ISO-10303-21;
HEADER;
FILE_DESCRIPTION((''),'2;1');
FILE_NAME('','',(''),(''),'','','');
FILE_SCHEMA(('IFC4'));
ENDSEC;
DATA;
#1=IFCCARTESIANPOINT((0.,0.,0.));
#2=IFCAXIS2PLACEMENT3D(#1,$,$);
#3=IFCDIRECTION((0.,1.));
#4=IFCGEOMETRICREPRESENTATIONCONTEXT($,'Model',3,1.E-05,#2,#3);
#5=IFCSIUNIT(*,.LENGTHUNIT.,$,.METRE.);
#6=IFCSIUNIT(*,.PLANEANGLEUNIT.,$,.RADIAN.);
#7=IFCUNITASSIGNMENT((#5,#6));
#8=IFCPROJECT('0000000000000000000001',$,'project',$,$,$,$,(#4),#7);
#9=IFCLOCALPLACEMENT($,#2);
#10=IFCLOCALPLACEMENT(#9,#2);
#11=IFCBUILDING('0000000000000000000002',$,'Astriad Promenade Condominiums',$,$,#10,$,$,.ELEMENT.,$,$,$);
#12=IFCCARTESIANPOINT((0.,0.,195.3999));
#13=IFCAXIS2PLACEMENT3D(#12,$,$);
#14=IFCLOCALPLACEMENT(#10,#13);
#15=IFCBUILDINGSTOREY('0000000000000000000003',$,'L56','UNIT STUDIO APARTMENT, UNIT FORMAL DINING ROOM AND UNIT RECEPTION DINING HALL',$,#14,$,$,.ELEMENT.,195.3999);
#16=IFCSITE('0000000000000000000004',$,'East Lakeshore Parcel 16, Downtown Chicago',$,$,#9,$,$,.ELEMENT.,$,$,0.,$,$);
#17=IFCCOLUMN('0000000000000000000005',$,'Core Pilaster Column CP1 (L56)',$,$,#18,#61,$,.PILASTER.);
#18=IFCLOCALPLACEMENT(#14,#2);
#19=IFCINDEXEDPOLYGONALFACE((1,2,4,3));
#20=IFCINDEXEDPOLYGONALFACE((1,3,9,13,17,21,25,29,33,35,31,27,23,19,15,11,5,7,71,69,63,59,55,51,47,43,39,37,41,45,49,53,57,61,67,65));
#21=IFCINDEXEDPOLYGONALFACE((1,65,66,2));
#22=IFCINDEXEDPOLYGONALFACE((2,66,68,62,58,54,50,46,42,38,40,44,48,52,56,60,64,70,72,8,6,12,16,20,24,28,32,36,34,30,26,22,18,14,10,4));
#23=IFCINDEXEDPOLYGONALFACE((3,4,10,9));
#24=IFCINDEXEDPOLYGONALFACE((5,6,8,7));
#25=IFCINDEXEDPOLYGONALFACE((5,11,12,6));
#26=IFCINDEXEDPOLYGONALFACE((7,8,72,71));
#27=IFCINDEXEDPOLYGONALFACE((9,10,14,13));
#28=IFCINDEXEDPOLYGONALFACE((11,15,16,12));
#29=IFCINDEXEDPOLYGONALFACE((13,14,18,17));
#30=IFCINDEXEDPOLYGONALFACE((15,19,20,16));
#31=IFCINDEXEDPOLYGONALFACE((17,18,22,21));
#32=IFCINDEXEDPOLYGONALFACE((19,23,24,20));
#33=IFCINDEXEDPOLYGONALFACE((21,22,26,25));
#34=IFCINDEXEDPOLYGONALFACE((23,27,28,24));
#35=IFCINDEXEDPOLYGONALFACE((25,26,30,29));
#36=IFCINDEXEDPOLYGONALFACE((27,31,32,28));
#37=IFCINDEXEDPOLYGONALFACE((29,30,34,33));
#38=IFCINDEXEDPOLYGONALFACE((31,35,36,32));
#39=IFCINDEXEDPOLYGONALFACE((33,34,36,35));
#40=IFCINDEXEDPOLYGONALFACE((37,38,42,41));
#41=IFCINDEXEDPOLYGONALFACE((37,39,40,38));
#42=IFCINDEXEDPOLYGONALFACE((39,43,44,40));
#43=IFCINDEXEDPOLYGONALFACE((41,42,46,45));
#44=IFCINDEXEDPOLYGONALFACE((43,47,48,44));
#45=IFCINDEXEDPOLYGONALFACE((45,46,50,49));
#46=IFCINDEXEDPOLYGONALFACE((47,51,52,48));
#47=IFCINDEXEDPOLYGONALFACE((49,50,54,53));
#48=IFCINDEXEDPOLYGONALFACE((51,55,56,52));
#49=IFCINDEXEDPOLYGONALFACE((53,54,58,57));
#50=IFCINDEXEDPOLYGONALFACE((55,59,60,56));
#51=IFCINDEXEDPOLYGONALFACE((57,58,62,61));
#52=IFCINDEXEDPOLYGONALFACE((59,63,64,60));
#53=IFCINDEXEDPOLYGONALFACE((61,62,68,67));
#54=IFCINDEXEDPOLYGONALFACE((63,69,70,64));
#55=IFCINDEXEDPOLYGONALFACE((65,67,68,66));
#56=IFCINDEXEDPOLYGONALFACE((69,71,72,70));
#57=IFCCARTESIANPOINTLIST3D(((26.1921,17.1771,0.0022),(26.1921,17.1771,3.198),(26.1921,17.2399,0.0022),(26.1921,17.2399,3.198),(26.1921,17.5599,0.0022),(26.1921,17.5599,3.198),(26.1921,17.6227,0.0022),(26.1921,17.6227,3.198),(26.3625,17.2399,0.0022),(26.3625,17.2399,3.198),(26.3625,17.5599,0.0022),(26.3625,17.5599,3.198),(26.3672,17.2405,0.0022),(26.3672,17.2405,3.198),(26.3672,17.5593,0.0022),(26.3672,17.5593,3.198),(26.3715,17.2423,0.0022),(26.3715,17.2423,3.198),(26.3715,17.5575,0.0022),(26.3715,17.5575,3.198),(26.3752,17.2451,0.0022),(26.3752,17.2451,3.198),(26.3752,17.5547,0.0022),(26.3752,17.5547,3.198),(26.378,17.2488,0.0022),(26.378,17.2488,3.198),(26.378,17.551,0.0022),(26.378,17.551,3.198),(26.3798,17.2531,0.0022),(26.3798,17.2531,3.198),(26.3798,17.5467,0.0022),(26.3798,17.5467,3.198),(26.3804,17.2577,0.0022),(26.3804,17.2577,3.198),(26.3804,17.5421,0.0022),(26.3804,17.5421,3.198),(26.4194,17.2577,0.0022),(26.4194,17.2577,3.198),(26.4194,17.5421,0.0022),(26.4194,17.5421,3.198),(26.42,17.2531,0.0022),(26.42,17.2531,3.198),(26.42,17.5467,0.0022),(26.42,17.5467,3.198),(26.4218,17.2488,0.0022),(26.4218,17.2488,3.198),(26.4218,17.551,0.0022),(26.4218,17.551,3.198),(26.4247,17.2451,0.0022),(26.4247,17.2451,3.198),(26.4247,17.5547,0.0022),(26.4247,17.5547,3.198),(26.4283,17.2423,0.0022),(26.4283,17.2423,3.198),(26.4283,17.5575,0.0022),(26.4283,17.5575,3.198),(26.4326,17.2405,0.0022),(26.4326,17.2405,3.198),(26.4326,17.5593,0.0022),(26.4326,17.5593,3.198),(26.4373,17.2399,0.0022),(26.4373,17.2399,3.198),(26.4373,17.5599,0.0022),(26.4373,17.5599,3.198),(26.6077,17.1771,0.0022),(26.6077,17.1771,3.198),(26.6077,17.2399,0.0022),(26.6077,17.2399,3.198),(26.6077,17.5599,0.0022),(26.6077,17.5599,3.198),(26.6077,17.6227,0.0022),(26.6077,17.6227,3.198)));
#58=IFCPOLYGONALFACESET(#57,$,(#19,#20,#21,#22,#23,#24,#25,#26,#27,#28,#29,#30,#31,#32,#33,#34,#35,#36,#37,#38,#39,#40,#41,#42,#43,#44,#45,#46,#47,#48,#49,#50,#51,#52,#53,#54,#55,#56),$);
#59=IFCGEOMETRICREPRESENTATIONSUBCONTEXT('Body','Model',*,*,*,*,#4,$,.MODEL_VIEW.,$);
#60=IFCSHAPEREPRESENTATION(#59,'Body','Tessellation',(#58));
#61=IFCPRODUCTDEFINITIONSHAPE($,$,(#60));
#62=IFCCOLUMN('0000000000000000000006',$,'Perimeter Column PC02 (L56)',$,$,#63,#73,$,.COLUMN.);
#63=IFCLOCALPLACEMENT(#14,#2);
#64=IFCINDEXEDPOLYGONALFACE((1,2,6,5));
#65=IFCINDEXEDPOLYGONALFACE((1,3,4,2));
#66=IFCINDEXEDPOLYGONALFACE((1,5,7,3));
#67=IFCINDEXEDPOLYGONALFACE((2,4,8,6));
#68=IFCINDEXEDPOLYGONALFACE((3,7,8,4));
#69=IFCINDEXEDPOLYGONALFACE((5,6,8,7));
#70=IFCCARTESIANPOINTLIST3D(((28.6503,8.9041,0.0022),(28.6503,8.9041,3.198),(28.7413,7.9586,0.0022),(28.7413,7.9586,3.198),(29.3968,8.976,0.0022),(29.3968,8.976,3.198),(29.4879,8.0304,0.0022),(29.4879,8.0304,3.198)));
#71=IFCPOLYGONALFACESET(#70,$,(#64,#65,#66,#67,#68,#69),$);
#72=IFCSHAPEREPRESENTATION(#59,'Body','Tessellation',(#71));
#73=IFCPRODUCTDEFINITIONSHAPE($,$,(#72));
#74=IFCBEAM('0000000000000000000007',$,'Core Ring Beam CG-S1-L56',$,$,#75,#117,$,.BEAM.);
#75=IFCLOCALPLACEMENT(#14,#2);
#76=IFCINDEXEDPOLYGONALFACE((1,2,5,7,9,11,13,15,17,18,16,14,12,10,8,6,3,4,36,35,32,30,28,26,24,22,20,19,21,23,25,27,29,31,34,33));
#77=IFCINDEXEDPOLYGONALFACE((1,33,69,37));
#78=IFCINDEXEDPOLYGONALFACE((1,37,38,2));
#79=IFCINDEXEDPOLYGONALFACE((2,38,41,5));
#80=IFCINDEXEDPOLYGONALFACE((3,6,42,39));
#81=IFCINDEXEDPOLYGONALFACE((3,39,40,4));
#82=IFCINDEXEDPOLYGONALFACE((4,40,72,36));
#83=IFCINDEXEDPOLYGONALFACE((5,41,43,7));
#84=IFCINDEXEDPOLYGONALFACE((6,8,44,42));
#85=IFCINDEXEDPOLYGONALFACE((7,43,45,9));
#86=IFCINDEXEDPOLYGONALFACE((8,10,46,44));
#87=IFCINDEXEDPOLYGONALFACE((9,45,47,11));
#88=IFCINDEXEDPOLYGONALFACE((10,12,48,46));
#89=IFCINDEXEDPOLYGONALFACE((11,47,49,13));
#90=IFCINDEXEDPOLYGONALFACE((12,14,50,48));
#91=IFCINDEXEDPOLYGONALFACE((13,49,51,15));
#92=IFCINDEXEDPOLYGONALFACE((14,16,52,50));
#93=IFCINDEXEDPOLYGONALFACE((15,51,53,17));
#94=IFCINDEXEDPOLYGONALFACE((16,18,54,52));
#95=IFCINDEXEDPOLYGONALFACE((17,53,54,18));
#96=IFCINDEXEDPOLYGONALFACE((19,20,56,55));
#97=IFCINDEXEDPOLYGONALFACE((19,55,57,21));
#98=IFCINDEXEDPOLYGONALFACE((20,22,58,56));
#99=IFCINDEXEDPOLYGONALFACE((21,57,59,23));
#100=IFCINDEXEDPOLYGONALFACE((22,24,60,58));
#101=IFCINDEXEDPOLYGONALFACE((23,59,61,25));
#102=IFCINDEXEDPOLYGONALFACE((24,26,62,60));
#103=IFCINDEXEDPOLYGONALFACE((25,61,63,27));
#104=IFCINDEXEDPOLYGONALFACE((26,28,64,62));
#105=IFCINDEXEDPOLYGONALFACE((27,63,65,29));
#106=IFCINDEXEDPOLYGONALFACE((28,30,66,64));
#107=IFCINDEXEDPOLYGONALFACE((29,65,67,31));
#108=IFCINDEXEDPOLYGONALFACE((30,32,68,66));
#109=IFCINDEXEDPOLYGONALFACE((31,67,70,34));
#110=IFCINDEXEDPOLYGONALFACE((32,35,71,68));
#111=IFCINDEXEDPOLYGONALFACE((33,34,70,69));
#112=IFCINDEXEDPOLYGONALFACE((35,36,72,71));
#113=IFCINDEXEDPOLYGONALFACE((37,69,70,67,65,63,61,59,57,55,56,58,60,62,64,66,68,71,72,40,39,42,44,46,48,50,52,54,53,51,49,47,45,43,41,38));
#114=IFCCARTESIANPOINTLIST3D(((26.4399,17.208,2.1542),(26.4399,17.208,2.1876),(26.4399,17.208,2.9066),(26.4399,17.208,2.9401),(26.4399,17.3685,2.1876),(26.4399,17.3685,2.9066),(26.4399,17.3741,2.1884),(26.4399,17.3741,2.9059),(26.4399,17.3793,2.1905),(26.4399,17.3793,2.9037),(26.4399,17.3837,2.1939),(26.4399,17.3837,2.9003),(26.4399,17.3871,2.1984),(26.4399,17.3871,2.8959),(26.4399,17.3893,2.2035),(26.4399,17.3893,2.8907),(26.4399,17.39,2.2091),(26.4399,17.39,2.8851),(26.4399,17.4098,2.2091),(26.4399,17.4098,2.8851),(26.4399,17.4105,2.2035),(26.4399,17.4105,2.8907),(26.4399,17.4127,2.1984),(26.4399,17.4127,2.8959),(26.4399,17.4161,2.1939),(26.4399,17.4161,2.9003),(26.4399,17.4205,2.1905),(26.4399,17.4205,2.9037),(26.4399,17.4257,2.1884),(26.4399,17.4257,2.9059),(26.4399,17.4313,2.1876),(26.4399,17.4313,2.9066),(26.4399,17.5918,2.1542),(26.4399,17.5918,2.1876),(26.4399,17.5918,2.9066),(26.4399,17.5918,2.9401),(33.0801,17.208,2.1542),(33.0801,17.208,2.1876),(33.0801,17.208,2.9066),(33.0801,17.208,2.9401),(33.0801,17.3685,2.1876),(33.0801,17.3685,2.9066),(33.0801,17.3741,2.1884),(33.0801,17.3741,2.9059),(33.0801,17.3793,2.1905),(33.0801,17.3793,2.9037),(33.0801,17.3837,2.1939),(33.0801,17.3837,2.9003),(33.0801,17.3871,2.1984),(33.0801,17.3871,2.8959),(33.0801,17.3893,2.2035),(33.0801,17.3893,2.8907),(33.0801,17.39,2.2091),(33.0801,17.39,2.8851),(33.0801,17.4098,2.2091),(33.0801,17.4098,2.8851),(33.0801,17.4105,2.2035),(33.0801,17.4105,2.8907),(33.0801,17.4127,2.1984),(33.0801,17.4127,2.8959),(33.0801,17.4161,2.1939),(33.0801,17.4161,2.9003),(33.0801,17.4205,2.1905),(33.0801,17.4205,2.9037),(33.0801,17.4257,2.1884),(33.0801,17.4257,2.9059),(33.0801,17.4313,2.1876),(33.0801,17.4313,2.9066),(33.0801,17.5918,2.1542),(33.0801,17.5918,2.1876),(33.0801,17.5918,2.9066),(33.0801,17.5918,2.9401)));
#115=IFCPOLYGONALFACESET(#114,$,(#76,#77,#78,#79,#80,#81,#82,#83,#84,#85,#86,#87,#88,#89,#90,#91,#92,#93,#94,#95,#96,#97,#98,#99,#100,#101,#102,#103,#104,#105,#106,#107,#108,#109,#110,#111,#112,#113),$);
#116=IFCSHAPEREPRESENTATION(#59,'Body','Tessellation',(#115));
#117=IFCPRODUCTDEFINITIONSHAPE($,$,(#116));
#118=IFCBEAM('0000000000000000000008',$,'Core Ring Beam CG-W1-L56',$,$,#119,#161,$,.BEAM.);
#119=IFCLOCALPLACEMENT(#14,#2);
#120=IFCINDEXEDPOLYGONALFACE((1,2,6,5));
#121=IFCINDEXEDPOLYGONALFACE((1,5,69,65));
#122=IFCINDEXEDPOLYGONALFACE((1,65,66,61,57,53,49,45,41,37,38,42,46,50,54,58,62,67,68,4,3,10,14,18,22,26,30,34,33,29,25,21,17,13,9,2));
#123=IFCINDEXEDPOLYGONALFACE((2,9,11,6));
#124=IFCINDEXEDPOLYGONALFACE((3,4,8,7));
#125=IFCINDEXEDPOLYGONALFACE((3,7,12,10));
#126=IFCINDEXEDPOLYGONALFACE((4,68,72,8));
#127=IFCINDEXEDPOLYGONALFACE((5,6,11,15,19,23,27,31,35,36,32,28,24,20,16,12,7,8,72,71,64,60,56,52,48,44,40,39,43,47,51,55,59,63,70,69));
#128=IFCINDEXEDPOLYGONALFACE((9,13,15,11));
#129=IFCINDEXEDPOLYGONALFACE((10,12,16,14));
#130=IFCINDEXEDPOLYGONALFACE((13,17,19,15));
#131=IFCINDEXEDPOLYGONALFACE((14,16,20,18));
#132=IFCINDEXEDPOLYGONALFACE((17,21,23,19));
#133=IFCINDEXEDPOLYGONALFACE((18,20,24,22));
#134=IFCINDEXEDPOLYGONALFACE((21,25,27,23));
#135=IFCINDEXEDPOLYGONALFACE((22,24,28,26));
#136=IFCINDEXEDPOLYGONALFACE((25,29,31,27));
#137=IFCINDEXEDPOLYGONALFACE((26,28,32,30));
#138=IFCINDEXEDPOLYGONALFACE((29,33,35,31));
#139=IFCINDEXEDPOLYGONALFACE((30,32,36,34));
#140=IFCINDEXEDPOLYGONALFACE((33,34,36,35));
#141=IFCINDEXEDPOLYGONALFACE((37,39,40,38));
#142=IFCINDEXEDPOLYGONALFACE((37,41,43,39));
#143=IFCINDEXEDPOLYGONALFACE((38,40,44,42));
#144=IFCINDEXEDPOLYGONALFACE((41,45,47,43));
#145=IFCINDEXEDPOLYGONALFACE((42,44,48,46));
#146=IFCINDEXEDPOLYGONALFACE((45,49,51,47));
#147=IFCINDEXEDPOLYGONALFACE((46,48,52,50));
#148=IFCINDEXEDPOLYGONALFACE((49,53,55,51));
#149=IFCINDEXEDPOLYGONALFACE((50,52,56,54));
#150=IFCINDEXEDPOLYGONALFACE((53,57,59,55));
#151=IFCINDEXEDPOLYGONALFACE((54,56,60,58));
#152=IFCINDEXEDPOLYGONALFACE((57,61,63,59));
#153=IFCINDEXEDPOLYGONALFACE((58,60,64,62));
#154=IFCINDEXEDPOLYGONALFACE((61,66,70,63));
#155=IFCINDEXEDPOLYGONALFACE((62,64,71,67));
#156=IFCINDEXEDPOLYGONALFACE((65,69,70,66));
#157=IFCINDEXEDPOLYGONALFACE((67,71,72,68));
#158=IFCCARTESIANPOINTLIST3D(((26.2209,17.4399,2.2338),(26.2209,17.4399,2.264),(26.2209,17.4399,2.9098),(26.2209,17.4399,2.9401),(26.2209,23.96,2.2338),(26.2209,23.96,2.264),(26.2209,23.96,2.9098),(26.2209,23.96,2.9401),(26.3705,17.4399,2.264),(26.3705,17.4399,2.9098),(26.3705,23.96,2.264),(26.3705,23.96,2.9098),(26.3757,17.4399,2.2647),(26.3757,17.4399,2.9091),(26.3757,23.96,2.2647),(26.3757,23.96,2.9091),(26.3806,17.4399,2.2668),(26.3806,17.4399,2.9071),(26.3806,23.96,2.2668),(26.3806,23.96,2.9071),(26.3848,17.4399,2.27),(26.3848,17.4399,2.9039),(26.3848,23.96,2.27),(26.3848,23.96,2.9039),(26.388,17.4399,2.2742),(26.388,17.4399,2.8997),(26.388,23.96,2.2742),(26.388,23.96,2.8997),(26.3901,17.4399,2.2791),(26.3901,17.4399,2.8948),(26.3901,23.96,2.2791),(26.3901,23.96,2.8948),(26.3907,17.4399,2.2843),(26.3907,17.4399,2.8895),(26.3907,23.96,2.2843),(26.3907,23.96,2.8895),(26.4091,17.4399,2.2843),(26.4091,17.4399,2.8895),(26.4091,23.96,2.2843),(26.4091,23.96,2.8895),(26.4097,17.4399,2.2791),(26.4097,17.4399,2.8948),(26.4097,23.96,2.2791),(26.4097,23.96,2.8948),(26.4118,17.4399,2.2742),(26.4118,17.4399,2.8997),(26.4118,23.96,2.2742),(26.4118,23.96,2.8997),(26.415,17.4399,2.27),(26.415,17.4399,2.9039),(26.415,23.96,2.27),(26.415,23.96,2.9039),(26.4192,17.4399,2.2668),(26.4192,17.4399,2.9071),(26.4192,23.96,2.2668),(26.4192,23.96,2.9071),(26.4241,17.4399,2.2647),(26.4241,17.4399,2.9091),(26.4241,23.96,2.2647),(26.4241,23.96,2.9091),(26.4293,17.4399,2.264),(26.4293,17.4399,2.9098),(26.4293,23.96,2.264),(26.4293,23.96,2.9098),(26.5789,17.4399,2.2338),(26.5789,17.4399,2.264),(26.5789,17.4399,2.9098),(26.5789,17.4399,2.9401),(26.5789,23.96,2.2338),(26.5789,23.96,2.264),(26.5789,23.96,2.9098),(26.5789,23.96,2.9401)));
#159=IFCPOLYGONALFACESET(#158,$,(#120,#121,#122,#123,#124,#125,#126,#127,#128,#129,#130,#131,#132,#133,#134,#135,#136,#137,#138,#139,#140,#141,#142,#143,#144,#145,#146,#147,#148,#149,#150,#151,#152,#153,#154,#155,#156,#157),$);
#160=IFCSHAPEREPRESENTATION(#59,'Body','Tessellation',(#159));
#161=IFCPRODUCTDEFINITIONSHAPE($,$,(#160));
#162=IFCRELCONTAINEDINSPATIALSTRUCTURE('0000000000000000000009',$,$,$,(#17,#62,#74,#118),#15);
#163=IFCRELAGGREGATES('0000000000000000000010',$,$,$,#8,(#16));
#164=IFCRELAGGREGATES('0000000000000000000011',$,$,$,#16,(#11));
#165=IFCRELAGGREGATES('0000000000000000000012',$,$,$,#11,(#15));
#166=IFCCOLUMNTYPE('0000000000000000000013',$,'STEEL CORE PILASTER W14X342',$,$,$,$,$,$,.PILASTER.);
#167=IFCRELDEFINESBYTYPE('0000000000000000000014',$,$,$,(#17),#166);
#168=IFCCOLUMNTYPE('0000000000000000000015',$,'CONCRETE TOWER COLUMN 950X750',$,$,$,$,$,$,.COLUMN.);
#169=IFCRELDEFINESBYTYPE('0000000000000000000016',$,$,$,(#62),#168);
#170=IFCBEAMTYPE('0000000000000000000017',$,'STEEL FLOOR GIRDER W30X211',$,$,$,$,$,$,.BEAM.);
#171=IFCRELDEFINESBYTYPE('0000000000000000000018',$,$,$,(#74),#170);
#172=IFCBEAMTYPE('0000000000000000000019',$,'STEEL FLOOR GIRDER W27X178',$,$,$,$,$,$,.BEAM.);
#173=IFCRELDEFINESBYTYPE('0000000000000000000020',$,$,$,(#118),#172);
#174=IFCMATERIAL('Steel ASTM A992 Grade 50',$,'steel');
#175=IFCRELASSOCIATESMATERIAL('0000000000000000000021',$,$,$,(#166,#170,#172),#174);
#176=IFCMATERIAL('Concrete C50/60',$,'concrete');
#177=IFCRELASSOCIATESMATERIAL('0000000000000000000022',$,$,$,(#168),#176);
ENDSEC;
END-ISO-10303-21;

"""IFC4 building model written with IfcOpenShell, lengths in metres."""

from ifc_helpers import new_model, si_unit, direction, frame, origin, origin_2d, place, context, subcontext, project, spatial, rectangle, i_section, extrude, source, transform, mapped, material, material_profile, profile_set, type_object, type_shapes, element, save


model = new_model("IFC4")

# Units and contexts
model_context = context("Model", 3, precision=1e-05, world=origin(), true_north=direction((0.0, 1.0)))
body_context = subcontext(model_context, "Body", "Model", "MODEL_VIEW")
ifc_project = project(units=[si_unit("LENGTHUNIT", "METRE"), si_unit("PLANEANGLEUNIT", "RADIAN")], contexts=[model_context])

# Site, building, storey
site_placement = place(None, origin())
site = spatial("IfcSite", under=ifc_project, at=site_placement, Name="East Lakeshore Parcel 16, Downtown Chicago", CompositionType="ELEMENT", RefElevation=0.0)
building_placement = place(site_placement, origin())
building = spatial("IfcBuilding", under=site, at=building_placement, Name="Astriad Promenade Condominiums", CompositionType="ELEMENT")
storey_placement = place(building_placement, frame((0.0, 0.0, 195.3999)))
storey = spatial("IfcBuildingStorey", under=building, at=storey_placement, Name="L56", Description="UNIT STUDIO APARTMENT, UNIT FORMAL DINING ROOM AND UNIT RECEPTION DINING HALL", CompositionType="ELEMENT", Elevation=195.3999)

# Columns
ifc_material_1 = material(Name="Steel ASTM A992 Grade 50", Category="steel")
ifc_material_profile_1 = material_profile(ifc_material_1, i_section(OverallWidth=0.4155, OverallDepth=0.4456, WebThickness=0.0391, FlangeThickness=0.0627, FilletRadius=0.0178, at=origin_2d()), Name="W14X342")
ifc_profile_set_1 = profile_set([ifc_material_profile_1], Name="Steel ASTM A992 Grade 50")
column_type_1 = type_object("IfcColumnType", Name="STEEL CORE PILASTER W14X342", PredefinedType="PILASTER", material=ifc_profile_set_1)
shared_shape_1 = source(origin(), body_context, "Body", "SweptSolid", [
    extrude(i_section(OverallWidth=0.4155, OverallDepth=0.4456, WebThickness=0.0391, FlangeThickness=0.0627, FilletRadius=0.0178, at=origin_2d()), origin(), (0.0, 0.0, 1.0), 3.1958),
])
type_shapes(column_type_1, [shared_shape_1])
column_1_placement = place(storey_placement, frame((26.3999, 17.3999, 0.0022), z_axis=(0.0, 0.0, 1.0), x_axis=(1.0, 0.0, 0.0)))
element("IfcColumn", 1, at=column_1_placement, inside=storey, type_object=column_type_1, Name="Core Pilaster Column CP1 (L56)", PredefinedType="PILASTER", context=body_context, shape_type="MappedRepresentation", body=[
    mapped(shared_shape_1, transform((0.0, 0.0, 0.0), scale=1.0)),
])
ifc_material_2 = material(Name="Concrete C50/60", Category="concrete")
ifc_material_profile_2 = material_profile(ifc_material_2, rectangle(XDim=0.75, YDim=0.95, at=origin_2d()), Name="RC-COL-950X750")
ifc_profile_set_2 = profile_set([ifc_material_profile_2], Name="Concrete C50/60")
column_type_2 = type_object("IfcColumnType", Name="CONCRETE TOWER COLUMN 950X750", PredefinedType="COLUMN", material=ifc_profile_set_2)
shared_shape_2 = source(origin(), body_context, "Body", "SweptSolid", [
    extrude(rectangle(XDim=0.75, YDim=0.95, at=origin_2d()), origin(), (0.0, 0.0, 1.0), 3.1958),
])
type_shapes(column_type_2, [shared_shape_2])
column_2_placement = place(storey_placement, frame((29.0691, 8.4673, 0.0022), z_axis=(0.0, 0.0, 1.0), x_axis=(0.995396, 0.095846, 0.0)))
element("IfcColumn", 2, at=column_2_placement, inside=storey, type_object=column_type_2, Name="Perimeter Column PC02 (L56)", PredefinedType="COLUMN", context=body_context, shape_type="MappedRepresentation", body=[
    mapped(shared_shape_2, transform((0.0, 0.0, 0.0), scale=1.0)),
])

# Beams
ifc_material_profile_3 = material_profile(ifc_material_1, i_section(OverallWidth=0.3838, OverallDepth=0.7859, WebThickness=0.0198, FlangeThickness=0.0334, FilletRadius=0.0215, at=origin_2d()), Name="W30X211")
ifc_profile_set_3 = profile_set([ifc_material_profile_3], Name="Steel ASTM A992 Grade 50")
beam_type_1 = type_object("IfcBeamType", Name="STEEL FLOOR GIRDER W30X211", PredefinedType="BEAM", material=ifc_profile_set_3)
shared_shape_3 = source(origin(), body_context, "Body", "SweptSolid", [
    extrude(i_section(OverallWidth=0.3838, OverallDepth=0.7859, WebThickness=0.0198, FlangeThickness=0.0334, FilletRadius=0.0215, at=origin_2d()), origin(), (0.0, 0.0, 1.0), 6.6401),
])
type_shapes(beam_type_1, [shared_shape_3])
beam_1_placement = place(storey_placement, frame((26.4399, 17.3999, 2.5471), z_axis=(1.0, 0.0, 0.0), x_axis=(0.0, 1.0, 0.0)))
element("IfcBeam", 3, at=beam_1_placement, inside=storey, type_object=beam_type_1, Name="Core Ring Beam CG-S1-L56", PredefinedType="BEAM", context=body_context, shape_type="MappedRepresentation", body=[
    mapped(shared_shape_3, transform((0.0, 0.0, 0.0), scale=1.0)),
])
ifc_material_profile_4 = material_profile(ifc_material_1, i_section(OverallWidth=0.3579, OverallDepth=0.7063, WebThickness=0.0183, FlangeThickness=0.0303, FilletRadius=0.0203, at=origin_2d()), Name="W27X178")
ifc_profile_set_4 = profile_set([ifc_material_profile_4], Name="Steel ASTM A992 Grade 50")
beam_type_2 = type_object("IfcBeamType", Name="STEEL FLOOR GIRDER W27X178", PredefinedType="BEAM", material=ifc_profile_set_4)
shared_shape_4 = source(origin(), body_context, "Body", "SweptSolid", [
    extrude(i_section(OverallWidth=0.3579, OverallDepth=0.7063, WebThickness=0.0183, FlangeThickness=0.0303, FilletRadius=0.0203, at=origin_2d()), origin(), (0.0, 0.0, 1.0), 6.52),
])
type_shapes(beam_type_2, [shared_shape_4])
beam_2_placement = place(storey_placement, frame((26.3999, 17.4399, 2.5869), z_axis=(0.0, 1.0, 0.0), x_axis=(-1.0, 0.0, 0.0)))
element("IfcBeam", 4, at=beam_2_placement, inside=storey, type_object=beam_type_2, Name="Core Ring Beam CG-W1-L56", PredefinedType="BEAM", context=body_context, shape_type="MappedRepresentation", body=[
    mapped(shared_shape_4, transform((0.0, 0.0, 0.0), scale=1.0)),
])

save(model, "model.ifc")
